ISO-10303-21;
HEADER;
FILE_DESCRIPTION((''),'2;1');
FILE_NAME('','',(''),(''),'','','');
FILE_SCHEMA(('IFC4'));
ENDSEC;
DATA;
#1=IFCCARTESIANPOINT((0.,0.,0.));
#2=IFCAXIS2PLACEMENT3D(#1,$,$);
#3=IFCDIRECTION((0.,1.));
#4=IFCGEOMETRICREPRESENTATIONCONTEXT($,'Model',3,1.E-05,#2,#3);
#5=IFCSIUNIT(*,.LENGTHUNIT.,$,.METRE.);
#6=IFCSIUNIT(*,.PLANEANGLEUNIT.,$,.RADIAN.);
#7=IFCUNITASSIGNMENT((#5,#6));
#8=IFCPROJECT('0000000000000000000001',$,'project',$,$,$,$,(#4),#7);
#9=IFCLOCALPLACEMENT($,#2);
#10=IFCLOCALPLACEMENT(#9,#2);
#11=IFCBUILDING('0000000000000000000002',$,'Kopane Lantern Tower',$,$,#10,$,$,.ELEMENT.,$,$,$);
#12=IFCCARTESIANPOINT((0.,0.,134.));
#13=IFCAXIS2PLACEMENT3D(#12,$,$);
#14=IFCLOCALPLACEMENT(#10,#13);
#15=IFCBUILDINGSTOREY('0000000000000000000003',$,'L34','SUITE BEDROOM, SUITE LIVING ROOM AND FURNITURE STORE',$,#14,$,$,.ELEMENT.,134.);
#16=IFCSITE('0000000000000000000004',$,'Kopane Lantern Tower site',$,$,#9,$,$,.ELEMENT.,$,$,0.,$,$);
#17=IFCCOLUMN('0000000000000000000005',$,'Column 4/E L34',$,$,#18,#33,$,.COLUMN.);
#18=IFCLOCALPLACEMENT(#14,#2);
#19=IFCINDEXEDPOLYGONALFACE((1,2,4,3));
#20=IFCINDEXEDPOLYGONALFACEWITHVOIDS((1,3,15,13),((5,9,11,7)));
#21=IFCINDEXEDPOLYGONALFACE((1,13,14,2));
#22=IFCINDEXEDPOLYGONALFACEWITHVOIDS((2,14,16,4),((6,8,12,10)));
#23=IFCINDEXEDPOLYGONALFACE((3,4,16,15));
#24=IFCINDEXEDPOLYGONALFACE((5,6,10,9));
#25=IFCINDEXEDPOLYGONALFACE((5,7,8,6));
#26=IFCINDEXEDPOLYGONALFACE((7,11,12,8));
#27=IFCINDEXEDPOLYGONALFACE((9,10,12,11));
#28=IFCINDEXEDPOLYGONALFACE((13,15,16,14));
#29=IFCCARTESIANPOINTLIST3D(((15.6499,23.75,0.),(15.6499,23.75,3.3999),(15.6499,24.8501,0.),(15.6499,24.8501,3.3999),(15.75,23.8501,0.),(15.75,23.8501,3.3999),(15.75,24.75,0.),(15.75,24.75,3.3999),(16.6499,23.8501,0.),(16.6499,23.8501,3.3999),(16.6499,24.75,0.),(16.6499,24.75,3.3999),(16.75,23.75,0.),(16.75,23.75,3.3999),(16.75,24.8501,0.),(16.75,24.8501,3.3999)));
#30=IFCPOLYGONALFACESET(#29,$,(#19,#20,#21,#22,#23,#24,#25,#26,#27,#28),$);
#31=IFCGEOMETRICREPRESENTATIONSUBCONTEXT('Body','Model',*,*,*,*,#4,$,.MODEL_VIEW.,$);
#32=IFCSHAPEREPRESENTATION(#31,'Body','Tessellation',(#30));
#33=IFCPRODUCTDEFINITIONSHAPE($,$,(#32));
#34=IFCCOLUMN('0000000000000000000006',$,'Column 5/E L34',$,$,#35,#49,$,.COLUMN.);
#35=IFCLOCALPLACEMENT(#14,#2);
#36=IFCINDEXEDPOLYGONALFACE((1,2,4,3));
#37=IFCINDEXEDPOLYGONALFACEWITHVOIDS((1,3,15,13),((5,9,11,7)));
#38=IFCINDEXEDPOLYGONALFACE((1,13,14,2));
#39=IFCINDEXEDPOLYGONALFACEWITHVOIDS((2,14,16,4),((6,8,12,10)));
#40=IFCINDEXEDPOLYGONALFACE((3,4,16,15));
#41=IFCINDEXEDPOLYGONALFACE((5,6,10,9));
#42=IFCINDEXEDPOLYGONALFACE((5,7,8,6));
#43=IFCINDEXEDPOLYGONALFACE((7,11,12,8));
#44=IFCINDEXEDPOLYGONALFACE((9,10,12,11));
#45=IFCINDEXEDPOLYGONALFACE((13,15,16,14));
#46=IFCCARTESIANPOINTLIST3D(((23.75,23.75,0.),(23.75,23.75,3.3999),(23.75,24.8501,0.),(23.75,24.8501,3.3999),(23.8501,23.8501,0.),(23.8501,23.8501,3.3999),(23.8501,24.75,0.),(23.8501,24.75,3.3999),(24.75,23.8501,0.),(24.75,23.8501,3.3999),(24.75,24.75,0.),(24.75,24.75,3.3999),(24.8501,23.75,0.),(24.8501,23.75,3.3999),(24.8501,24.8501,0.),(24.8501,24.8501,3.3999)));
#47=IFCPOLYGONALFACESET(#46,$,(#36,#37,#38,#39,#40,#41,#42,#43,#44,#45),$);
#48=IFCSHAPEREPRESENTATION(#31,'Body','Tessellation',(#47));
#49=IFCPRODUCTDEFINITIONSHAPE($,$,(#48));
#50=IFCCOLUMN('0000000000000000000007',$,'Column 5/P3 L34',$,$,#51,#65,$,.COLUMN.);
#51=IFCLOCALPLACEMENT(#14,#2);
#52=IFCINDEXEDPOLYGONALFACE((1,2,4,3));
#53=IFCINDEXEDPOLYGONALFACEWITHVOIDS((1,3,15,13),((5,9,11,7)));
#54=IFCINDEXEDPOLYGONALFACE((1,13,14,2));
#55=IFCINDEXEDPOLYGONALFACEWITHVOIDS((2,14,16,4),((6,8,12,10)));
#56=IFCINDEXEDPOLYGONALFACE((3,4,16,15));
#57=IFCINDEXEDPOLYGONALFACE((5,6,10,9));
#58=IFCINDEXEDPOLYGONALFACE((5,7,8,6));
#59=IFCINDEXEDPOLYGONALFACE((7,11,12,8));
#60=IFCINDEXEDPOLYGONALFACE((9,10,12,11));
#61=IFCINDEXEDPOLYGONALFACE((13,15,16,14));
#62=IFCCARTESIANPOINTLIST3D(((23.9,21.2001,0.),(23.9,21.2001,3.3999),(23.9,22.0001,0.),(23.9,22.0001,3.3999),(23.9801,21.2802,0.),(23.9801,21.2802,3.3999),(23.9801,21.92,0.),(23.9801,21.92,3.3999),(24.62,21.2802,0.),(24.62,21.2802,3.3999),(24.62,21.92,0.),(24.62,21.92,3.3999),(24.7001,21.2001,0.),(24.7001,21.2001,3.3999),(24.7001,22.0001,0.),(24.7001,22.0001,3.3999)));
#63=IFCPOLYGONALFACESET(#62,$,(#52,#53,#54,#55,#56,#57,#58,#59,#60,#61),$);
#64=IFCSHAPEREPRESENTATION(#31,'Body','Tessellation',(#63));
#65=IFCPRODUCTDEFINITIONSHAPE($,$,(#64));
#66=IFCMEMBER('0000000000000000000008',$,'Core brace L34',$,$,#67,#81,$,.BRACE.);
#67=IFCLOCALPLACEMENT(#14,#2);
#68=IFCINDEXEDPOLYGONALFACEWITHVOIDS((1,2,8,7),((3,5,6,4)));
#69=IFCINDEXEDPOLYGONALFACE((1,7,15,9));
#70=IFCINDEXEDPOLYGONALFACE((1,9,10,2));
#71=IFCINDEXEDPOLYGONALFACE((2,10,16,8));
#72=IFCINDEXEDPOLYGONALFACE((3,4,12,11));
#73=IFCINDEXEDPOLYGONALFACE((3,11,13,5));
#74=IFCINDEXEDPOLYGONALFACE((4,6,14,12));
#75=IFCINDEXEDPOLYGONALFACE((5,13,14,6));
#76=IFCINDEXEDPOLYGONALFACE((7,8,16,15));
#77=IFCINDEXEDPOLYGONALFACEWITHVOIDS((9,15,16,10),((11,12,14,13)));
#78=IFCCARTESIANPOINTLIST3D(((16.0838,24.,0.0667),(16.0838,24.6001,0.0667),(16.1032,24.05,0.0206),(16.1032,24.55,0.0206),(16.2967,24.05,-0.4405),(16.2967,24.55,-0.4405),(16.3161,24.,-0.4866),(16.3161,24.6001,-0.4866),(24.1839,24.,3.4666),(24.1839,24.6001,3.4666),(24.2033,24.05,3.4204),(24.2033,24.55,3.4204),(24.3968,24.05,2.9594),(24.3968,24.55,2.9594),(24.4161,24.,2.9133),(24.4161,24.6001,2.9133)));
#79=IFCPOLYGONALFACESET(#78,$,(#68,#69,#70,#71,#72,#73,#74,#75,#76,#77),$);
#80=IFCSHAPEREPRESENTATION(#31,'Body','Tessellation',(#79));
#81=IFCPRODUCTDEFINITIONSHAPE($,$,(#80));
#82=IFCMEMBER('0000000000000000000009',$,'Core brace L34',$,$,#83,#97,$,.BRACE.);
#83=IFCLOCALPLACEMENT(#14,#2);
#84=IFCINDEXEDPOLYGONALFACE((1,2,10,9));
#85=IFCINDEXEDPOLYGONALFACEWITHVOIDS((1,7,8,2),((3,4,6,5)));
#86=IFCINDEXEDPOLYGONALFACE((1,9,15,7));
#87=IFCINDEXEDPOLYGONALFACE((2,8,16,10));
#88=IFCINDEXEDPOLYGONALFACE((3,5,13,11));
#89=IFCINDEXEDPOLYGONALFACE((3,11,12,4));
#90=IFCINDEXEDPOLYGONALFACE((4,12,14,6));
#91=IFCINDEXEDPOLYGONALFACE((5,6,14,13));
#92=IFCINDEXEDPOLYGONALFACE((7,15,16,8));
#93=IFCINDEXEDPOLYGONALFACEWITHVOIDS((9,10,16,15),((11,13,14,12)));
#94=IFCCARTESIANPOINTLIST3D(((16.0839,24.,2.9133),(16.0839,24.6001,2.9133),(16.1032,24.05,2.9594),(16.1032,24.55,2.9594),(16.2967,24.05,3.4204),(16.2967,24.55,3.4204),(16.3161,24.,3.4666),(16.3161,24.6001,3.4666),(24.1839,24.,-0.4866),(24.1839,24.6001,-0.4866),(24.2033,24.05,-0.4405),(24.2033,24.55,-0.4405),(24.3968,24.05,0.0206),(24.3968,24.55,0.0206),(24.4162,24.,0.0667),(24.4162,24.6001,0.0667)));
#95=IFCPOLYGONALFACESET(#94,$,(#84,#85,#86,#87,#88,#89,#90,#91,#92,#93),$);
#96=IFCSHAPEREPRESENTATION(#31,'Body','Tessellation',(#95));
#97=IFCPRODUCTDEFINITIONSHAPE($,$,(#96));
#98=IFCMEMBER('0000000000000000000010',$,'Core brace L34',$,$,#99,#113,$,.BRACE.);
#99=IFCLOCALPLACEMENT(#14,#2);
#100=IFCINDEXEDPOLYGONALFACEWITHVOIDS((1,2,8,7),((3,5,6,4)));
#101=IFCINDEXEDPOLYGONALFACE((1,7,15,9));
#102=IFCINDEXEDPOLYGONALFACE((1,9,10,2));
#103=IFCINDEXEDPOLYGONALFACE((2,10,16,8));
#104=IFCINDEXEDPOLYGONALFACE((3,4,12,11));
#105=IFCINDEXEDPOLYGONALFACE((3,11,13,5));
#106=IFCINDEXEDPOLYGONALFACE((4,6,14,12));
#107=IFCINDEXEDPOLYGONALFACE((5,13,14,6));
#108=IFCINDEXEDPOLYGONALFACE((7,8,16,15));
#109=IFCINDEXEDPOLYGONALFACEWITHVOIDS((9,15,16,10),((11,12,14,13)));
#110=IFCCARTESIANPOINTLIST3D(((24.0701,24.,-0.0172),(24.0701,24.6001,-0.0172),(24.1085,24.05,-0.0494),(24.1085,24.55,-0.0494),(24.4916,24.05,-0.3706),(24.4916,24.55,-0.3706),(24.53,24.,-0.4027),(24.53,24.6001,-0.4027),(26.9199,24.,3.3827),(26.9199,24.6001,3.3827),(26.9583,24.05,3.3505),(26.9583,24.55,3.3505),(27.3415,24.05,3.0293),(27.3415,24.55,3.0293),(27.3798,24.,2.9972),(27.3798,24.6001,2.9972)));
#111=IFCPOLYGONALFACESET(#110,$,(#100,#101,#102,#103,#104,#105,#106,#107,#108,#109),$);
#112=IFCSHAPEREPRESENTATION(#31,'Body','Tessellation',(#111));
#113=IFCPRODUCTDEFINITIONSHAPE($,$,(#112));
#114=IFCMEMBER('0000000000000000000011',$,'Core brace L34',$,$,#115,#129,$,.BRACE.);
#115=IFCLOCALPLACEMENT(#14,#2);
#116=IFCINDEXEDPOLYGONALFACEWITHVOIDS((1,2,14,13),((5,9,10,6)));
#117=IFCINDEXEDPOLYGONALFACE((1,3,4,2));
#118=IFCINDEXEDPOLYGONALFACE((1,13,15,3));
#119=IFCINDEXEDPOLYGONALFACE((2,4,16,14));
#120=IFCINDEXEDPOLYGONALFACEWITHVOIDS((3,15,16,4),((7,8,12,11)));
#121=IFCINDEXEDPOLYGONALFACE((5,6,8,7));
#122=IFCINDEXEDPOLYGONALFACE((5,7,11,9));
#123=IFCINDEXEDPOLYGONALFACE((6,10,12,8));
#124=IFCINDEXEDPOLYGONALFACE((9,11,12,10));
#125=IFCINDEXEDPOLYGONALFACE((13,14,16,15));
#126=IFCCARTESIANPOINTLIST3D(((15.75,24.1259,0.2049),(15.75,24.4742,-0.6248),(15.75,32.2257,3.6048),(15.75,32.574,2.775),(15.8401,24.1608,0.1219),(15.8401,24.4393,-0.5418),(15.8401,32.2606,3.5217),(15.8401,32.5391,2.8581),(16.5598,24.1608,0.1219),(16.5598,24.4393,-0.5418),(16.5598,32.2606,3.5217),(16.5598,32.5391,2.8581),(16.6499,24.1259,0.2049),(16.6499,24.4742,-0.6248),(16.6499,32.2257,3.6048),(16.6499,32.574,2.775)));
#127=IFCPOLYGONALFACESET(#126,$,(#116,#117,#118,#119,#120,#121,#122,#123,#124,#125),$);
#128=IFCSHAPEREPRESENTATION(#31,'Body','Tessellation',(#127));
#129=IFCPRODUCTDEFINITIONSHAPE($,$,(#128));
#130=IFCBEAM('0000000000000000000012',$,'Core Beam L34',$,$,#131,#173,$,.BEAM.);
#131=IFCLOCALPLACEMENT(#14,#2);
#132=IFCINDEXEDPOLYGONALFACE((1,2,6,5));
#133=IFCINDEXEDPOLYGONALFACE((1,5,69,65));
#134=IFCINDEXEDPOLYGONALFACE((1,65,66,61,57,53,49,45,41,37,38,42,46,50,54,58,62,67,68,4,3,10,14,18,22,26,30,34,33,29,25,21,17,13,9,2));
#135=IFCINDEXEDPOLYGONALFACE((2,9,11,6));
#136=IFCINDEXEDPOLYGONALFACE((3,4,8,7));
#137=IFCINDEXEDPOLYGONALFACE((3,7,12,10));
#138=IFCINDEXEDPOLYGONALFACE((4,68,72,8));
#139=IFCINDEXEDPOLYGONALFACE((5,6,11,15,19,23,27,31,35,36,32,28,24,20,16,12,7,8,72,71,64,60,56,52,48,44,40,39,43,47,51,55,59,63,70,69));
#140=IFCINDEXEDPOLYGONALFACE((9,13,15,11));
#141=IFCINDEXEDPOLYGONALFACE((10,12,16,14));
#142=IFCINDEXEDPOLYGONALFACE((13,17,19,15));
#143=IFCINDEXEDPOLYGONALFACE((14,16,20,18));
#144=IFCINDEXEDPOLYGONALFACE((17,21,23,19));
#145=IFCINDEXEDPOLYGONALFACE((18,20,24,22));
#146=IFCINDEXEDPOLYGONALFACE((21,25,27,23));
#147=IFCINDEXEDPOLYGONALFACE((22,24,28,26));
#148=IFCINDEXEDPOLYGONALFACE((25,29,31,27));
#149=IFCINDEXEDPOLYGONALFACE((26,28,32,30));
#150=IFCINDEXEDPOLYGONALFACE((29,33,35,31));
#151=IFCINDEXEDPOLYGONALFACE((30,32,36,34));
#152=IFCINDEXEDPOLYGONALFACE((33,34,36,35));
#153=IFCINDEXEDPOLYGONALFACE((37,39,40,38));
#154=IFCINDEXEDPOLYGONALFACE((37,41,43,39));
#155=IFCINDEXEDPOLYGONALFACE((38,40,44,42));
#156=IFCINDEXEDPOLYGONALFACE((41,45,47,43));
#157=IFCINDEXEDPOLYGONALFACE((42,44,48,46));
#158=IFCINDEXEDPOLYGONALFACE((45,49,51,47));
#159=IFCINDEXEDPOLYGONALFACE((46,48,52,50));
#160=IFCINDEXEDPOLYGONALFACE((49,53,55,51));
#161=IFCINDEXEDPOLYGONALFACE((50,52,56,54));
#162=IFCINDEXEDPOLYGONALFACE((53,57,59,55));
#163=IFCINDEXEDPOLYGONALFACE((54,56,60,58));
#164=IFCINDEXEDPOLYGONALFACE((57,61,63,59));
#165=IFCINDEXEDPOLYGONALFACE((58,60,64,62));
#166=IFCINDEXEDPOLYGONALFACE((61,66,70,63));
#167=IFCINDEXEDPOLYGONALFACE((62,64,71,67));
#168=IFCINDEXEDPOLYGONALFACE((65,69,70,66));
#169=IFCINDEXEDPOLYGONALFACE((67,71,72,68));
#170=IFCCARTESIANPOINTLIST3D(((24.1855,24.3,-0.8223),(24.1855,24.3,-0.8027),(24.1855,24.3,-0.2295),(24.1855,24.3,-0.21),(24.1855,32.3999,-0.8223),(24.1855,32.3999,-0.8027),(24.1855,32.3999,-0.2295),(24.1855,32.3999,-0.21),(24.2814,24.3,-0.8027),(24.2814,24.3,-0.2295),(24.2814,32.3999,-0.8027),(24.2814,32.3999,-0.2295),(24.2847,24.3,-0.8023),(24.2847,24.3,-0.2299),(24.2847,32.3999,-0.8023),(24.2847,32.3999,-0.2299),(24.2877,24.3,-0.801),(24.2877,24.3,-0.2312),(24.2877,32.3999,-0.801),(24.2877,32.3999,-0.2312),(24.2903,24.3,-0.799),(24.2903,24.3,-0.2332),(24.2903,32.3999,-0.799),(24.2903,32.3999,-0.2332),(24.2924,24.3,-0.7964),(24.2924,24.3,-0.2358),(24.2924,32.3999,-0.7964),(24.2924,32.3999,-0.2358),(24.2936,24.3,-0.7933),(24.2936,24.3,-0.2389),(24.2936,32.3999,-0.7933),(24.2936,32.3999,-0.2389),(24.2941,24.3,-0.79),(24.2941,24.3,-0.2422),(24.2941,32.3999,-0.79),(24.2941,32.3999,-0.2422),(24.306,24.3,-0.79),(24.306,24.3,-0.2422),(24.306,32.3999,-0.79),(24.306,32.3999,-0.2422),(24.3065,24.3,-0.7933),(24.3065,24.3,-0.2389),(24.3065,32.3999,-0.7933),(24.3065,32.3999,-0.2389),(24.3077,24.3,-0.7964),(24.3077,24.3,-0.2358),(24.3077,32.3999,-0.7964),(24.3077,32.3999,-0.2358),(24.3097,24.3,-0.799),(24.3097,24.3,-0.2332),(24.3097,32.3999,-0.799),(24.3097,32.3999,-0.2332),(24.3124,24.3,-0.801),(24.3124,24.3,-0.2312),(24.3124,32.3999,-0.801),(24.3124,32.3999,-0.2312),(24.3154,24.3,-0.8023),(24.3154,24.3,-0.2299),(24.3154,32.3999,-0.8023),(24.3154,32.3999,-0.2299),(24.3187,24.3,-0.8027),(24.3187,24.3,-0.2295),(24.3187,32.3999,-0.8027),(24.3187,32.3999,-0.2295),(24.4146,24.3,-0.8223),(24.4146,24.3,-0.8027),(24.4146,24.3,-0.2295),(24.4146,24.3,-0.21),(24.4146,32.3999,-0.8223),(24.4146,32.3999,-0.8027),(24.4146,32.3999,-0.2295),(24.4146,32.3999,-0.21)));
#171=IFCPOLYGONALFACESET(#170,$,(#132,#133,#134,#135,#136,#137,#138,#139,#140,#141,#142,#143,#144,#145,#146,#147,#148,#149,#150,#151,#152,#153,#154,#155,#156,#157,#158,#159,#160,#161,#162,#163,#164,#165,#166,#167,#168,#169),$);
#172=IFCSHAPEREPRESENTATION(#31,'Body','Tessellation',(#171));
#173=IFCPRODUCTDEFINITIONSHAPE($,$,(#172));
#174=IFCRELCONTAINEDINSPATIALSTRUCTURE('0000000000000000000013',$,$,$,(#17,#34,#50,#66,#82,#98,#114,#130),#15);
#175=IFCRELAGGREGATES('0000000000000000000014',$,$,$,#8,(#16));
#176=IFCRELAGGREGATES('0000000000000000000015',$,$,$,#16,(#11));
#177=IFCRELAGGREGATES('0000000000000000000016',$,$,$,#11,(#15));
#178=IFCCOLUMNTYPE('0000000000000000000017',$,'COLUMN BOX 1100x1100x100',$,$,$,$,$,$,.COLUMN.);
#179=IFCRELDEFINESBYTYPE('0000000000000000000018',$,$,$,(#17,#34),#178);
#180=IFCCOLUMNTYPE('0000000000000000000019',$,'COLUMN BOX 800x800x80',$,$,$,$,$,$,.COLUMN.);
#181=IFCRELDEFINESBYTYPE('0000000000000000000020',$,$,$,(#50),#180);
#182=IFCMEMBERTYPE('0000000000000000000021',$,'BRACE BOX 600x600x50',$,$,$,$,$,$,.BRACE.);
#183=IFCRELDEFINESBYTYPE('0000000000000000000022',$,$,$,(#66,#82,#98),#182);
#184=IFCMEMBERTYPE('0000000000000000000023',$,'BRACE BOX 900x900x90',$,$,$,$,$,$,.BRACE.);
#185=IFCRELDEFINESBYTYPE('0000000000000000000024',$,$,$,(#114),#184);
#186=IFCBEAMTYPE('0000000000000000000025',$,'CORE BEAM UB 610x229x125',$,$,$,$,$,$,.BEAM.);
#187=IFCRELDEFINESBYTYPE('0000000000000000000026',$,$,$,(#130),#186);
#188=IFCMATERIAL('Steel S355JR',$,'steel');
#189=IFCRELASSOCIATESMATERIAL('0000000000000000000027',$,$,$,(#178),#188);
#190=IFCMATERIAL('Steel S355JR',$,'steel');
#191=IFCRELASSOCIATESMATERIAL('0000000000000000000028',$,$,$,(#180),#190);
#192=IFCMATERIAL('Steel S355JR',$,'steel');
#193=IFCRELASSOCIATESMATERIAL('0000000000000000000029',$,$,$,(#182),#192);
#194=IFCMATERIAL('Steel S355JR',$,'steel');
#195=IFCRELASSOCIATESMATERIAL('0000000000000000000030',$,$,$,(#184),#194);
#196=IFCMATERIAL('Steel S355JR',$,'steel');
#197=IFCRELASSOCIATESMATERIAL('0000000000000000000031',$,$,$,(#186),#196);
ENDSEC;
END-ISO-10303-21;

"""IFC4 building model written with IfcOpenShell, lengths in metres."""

from ifc_helpers import new_model, si_unit, direction, frame, origin, origin_2d, place, context, subcontext, project, spatial, hollow_rectangle, i_section, extrude, material, material_profile, profile_set, type_object, element, save


model = new_model("IFC4")

# Units and contexts
model_context = context("Model", 3, precision=1e-05, world=origin(), true_north=direction((0.0, 1.0)))
body_context = subcontext(model_context, "Body", "Model", "MODEL_VIEW")
ifc_project = project(units=[si_unit("LENGTHUNIT", "METRE"), si_unit("PLANEANGLEUNIT", "RADIAN")], contexts=[model_context])

# Site, building, storey
site_placement = place(None, origin())
site = spatial("IfcSite", under=ifc_project, at=site_placement, Name="Kopane Lantern Tower site", CompositionType="ELEMENT", RefElevation=0.0)
building_placement = place(site_placement, origin())
building = spatial("IfcBuilding", under=site, at=building_placement, Name="Kopane Lantern Tower", CompositionType="ELEMENT")
storey_placement = place(building_placement, frame((0.0, 0.0, 134.0)))
storey = spatial("IfcBuildingStorey", under=building, at=storey_placement, Name="L34", Description="SUITE BEDROOM, SUITE LIVING ROOM AND FURNITURE STORE", CompositionType="ELEMENT", Elevation=134.0)

# Columns
ifc_material_1 = material(Name="Steel S355JR", Category="steel")
ifc_material_profile_1 = material_profile(ifc_material_1, hollow_rectangle(XDim=1.1001, YDim=1.1001, WallThickness=0.1001, at=origin_2d()), Name="BOX 1100x1100x100")
ifc_profile_set_1 = profile_set([ifc_material_profile_1], Name="Steel S355JR")
column_type_1 = type_object("IfcColumnType", Name="COLUMN BOX 1100x1100x100", PredefinedType="COLUMN", material=ifc_profile_set_1)
for number, where, z_axis, x_axis, name in (
    (1, (16.2, 24.3, 0.0), (0.0, 0.0, 1.0), (1.0, 0.0, 0.0), "Column 4/E L34"),
    (2, (24.3, 24.3, 0.0), (0.0, 0.0, 1.0), (1.0, 0.0, 0.0), "Column 5/E L34"),
):
    element("IfcColumn", number, at=place(storey_placement, frame(where, z_axis=z_axis, x_axis=x_axis)), inside=storey, type_object=column_type_1, Name=name, PredefinedType="COLUMN", context=body_context, shape_type="SweptSolid", body=[
        extrude(hollow_rectangle(XDim=1.1001, YDim=1.1001, WallThickness=0.1001, at=origin_2d()), origin(), (0.0, 0.0, 1.0), 3.3999),
    ])
ifc_material_2 = material(Name="Steel S355JR", Category="steel")
ifc_material_profile_2 = material_profile(ifc_material_2, hollow_rectangle(XDim=0.8, YDim=0.8, WallThickness=0.0801, at=origin_2d()), Name="BOX 800x800x80")
ifc_profile_set_2 = profile_set([ifc_material_profile_2], Name="Steel S355JR")
column_type_2 = type_object("IfcColumnType", Name="COLUMN BOX 800x800x80", PredefinedType="COLUMN", material=ifc_profile_set_2)
column_placement = place(storey_placement, frame((24.3, 21.6001, 0.0), z_axis=(0.0, 0.0, 1.0), x_axis=(1.0, 0.0, 0.0)))
element("IfcColumn", 3, at=column_placement, inside=storey, type_object=column_type_2, Name="Column 5/P3 L34", PredefinedType="COLUMN", context=body_context, shape_type="SweptSolid", body=[
    extrude(hollow_rectangle(XDim=0.8, YDim=0.8, WallThickness=0.0801, at=origin_2d()), origin(), (0.0, 0.0, 1.0), 3.3999),
])

# Members
ifc_material_3 = material(Name="Steel S355JR", Category="steel")
ifc_material_profile_3 = material_profile(ifc_material_3, hollow_rectangle(XDim=0.6001, YDim=0.6001, WallThickness=0.05, at=origin_2d()), Name="BOX 600x600x50")
ifc_profile_set_3 = profile_set([ifc_material_profile_3], Name="Steel S355JR")
member_type_1 = type_object("IfcMemberType", Name="BRACE BOX 600x600x50", PredefinedType="BRACE", material=ifc_profile_set_3)
for number, where, z_axis, x_axis, name in (
    (4, (16.2, 24.3, -0.21), (0.922069, 0.0, 0.387026), (0.0, 1.0, 0.0), "Core brace L34"),
    (5, (24.3, 24.3, -0.21), (-0.922069, 0.0, 0.387026), (0.0, -1.0, 0.0), "Core brace L34"),
):
    element("IfcMember", number, at=place(storey_placement, frame(where, z_axis=z_axis, x_axis=x_axis)), inside=storey, type_object=member_type_1, Name=name, PredefinedType="BRACE", context=body_context, shape_type="SweptSolid", body=[
        extrude(hollow_rectangle(XDim=0.6001, YDim=0.6001, WallThickness=0.05, at=origin_2d()), origin(), (0.0, 0.0, 1.0), 8.7847),
    ])
member_1_placement = place(storey_placement, frame((24.3, 24.3, -0.21), z_axis=(0.64239, 0.0, 0.766378), x_axis=(0.0, 1.0, 0.0)))
element("IfcMember", 6, at=member_1_placement, inside=storey, type_object=member_type_1, Name="Core brace L34", PredefinedType="BRACE", context=body_context, shape_type="SweptSolid", body=[
    extrude(hollow_rectangle(XDim=0.6001, YDim=0.6001, WallThickness=0.05, at=origin_2d()), origin(), (0.0, 0.0, 1.0), 4.4363),
])
ifc_material_4 = material(Name="Steel S355JR", Category="steel")
ifc_material_profile_4 = material_profile(ifc_material_4, hollow_rectangle(XDim=0.8999, YDim=0.8999, WallThickness=0.0901, at=origin_2d()), Name="BOX 900x900x90")
ifc_profile_set_4 = profile_set([ifc_material_profile_4], Name="Steel S355JR")
member_type_2 = type_object("IfcMemberType", Name="BRACE BOX 900x900x90", PredefinedType="BRACE", material=ifc_profile_set_4)
member_2_placement = place(storey_placement, frame((16.2, 24.3, -0.21), z_axis=(0.0, 0.922065, 0.387035), x_axis=(-1.0, 0.0, 0.0)))
element("IfcMember", 7, at=member_2_placement, inside=storey, type_object=member_type_2, Name="Core brace L34", PredefinedType="BRACE", context=body_context, shape_type="SweptSolid", body=[
    extrude(hollow_rectangle(XDim=0.8999, YDim=0.8999, WallThickness=0.0901, at=origin_2d()), origin(), (0.0, 0.0, 1.0), 8.7844),
])

# Beam
ifc_material_5 = material(Name="Steel S355JR", Category="steel")
ifc_material_profile_5 = material_profile(ifc_material_5, i_section(OverallWidth=0.229, OverallDepth=0.6123, WebThickness=0.012, FlangeThickness=0.0195, FilletRadius=0.0127, at=origin_2d()), Name="UB 610x229x125")
ifc_profile_set_5 = profile_set([ifc_material_profile_5], Name="Steel S355JR")
beam_type_1 = type_object("IfcBeamType", Name="CORE BEAM UB 610x229x125", PredefinedType="BEAM", material=ifc_profile_set_5)
beam_1_placement = place(storey_placement, frame((24.3, 24.3, -0.5161), z_axis=(0.0, 1.0, 0.0), x_axis=(-1.0, 0.0, 0.0)))
element("IfcBeam", 8, at=beam_1_placement, inside=storey, type_object=beam_type_1, Name="Core Beam L34", PredefinedType="BEAM", context=body_context, shape_type="SweptSolid", body=[
    extrude(i_section(OverallWidth=0.229, OverallDepth=0.6123, WebThickness=0.012, FlangeThickness=0.0195, FilletRadius=0.0127, at=origin_2d()), origin(), (0.0, 0.0, 1.0), 8.0999),
])

save(model, "model.ifc")
